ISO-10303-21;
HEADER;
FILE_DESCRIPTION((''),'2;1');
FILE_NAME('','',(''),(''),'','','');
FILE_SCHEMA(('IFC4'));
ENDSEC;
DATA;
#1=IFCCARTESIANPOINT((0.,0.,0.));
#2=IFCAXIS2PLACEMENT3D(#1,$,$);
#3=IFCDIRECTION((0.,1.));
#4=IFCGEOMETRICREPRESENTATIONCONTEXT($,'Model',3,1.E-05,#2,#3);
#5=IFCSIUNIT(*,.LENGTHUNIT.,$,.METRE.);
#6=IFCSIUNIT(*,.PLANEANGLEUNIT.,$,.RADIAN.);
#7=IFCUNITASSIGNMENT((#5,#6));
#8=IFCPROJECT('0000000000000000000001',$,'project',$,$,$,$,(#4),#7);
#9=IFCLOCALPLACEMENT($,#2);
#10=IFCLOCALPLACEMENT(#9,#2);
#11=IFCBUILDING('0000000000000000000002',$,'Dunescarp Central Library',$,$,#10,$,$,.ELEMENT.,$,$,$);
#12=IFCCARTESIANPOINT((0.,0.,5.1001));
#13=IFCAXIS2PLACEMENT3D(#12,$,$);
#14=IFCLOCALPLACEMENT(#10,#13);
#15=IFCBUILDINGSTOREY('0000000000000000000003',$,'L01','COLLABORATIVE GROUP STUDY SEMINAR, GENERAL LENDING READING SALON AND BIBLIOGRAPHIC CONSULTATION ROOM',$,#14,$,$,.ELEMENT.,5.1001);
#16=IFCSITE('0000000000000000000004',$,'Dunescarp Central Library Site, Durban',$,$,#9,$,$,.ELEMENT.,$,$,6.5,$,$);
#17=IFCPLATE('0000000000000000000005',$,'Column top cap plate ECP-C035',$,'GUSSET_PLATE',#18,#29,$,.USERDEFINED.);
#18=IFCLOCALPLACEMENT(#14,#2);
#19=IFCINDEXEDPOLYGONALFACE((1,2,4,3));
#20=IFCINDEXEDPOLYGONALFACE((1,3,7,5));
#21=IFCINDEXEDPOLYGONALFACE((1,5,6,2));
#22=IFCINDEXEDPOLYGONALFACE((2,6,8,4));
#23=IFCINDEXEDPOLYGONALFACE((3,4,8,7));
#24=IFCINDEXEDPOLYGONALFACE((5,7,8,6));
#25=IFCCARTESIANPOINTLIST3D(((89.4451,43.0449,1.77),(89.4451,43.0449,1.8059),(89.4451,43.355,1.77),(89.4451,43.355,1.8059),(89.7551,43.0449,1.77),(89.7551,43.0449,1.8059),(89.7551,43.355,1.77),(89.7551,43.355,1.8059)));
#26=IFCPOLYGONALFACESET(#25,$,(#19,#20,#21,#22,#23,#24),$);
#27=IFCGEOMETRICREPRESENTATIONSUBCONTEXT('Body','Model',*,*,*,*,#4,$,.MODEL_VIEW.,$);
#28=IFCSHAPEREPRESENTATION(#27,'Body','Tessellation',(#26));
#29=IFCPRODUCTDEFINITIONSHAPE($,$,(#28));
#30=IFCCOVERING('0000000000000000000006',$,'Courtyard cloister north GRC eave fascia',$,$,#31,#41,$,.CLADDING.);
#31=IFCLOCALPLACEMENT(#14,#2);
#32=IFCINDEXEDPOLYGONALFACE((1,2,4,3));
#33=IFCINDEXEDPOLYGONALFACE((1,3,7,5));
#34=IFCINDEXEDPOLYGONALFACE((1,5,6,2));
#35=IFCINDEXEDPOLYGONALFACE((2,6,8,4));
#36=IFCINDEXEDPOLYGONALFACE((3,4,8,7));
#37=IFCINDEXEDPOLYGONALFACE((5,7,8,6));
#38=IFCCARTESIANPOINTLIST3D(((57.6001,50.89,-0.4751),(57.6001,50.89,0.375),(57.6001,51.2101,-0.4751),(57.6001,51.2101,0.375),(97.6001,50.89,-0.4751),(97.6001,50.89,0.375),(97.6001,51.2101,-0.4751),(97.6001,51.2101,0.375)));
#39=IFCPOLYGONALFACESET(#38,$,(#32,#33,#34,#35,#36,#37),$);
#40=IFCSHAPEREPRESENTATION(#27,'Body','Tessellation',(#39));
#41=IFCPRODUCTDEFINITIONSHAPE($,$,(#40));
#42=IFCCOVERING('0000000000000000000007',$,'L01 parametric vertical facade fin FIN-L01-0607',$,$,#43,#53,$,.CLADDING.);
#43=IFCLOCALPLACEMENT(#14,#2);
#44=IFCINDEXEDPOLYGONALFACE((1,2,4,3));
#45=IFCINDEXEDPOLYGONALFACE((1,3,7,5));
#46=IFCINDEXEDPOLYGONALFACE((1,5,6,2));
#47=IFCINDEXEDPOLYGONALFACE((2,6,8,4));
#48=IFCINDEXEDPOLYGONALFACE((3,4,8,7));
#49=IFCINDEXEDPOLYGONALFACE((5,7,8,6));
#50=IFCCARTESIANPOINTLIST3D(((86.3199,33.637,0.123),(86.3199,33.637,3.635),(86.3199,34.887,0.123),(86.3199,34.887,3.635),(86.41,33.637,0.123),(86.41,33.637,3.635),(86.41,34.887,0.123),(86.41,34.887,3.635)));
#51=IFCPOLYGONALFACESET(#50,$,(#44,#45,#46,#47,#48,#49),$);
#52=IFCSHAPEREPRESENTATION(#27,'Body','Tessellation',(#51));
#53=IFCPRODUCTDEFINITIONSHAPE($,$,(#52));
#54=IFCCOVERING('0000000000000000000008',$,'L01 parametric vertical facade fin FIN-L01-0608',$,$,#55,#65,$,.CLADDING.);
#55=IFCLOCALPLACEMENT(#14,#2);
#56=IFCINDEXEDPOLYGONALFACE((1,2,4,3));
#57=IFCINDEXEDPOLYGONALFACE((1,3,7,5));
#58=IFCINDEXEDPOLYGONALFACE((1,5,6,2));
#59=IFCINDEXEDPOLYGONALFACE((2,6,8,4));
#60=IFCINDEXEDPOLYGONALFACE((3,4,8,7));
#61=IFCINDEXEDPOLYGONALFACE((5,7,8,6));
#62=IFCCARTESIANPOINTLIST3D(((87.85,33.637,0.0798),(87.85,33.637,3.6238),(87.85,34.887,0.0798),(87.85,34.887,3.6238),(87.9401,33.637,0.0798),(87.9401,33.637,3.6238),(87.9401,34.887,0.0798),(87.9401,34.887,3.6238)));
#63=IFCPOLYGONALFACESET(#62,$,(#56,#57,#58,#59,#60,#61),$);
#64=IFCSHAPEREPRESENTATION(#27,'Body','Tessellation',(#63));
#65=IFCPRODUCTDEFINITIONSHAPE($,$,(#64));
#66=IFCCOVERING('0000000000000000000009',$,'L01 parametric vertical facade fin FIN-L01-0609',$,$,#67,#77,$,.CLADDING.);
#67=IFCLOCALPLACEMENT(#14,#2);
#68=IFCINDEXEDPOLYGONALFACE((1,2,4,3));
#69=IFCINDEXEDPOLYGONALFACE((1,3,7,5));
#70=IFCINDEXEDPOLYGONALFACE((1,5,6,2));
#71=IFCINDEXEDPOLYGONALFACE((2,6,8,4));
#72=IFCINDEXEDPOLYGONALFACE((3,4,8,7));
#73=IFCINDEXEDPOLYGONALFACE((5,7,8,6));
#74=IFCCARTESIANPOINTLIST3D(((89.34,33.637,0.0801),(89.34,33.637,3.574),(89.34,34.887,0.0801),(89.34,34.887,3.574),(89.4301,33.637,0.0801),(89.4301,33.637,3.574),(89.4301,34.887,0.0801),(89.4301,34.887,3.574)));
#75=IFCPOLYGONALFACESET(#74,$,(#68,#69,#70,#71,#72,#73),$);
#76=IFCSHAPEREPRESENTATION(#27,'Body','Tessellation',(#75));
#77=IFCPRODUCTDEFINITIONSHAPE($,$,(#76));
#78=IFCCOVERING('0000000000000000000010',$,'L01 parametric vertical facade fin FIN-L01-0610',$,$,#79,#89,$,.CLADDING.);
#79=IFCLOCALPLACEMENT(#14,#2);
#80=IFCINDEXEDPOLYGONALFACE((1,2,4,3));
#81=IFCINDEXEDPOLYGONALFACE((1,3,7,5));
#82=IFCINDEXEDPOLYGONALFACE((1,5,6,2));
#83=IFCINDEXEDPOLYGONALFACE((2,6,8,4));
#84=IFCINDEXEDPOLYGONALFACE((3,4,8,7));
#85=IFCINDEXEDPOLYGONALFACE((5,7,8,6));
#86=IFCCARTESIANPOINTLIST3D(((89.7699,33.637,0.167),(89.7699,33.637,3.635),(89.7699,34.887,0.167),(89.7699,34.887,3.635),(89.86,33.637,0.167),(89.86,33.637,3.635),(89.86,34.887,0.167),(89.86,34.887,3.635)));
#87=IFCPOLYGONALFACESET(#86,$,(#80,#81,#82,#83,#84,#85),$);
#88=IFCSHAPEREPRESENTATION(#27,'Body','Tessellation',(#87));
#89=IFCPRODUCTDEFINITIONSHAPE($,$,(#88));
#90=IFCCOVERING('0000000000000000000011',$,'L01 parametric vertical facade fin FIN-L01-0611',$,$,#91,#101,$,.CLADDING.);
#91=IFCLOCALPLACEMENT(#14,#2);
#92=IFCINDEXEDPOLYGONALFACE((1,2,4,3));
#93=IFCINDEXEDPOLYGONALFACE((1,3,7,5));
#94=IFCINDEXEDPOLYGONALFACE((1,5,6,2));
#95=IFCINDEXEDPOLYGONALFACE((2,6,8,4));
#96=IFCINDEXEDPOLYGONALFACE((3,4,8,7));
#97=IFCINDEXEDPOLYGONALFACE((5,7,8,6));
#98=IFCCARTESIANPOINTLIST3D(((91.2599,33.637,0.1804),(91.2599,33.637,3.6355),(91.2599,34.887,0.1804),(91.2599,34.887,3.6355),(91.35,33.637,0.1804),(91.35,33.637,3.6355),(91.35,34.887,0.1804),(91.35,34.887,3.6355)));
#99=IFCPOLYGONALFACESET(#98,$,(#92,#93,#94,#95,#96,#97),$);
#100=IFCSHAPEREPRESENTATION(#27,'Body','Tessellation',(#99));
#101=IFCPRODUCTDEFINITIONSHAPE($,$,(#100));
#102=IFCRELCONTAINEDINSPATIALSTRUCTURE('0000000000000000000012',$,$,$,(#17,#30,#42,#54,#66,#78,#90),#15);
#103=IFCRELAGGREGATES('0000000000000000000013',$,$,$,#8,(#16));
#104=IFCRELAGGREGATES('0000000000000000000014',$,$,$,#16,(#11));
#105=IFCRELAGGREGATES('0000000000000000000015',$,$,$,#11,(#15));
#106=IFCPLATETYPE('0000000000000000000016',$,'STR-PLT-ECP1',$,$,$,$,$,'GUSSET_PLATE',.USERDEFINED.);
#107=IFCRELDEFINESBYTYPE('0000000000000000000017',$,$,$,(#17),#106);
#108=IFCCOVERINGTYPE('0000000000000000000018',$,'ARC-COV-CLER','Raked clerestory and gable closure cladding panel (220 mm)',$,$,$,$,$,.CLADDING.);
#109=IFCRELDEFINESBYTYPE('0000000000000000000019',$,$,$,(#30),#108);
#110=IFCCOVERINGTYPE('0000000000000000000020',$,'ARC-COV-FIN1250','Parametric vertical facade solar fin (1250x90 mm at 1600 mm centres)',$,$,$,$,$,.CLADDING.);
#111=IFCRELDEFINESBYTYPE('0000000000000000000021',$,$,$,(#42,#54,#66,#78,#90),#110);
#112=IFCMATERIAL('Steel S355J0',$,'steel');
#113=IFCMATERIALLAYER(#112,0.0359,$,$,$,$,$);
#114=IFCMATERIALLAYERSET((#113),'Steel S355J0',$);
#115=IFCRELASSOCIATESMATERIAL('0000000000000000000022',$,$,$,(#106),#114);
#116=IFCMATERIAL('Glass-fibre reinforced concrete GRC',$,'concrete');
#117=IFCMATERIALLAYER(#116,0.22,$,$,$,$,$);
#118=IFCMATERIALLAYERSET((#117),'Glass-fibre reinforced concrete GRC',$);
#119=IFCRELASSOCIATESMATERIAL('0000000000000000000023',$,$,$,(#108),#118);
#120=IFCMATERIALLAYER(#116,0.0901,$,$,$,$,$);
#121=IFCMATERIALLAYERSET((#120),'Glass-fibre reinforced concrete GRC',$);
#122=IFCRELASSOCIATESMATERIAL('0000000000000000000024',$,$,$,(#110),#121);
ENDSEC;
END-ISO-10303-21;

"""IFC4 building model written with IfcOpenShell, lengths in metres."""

from ifc_helpers import new_model, si_unit, direction, frame, origin, origin_2d, place, context, subcontext, project, spatial, rectangle, extrude, material, layer, layer_set, type_object, element, save


model = new_model("IFC4")

# Units and contexts
model_context = context("Model", 3, precision=1e-05, world=origin(), true_north=direction((0.0, 1.0)))
body_context = subcontext(model_context, "Body", "Model", "MODEL_VIEW")
ifc_project = project(units=[si_unit("LENGTHUNIT", "METRE"), si_unit("PLANEANGLEUNIT", "RADIAN")], contexts=[model_context])

# Site, building, storey
site_placement = place(None, origin())
site = spatial("IfcSite", under=ifc_project, at=site_placement, Name="Dunescarp Central Library Site, Durban", CompositionType="ELEMENT", RefElevation=6.5)
building_placement = place(site_placement, origin())
building = spatial("IfcBuilding", under=site, at=building_placement, Name="Dunescarp Central Library", CompositionType="ELEMENT")
storey_placement = place(building_placement, frame((0.0, 0.0, 5.1001)))
storey = spatial("IfcBuildingStorey", under=building, at=storey_placement, Name="L01", Description="COLLABORATIVE GROUP STUDY SEMINAR, GENERAL LENDING READING SALON AND BIBLIOGRAPHIC CONSULTATION ROOM", CompositionType="ELEMENT", Elevation=5.1001)

# Shared definitions
ifc_material_1 = material(Name="Steel S355J0", Category="steel")

# Plate
ifc_layer_1 = layer(ifc_material_1, 0.0359)
ifc_layer_set_1 = layer_set([ifc_layer_1], Name="Steel S355J0")
plate_type = type_object("IfcPlateType", Name="STR-PLT-ECP1", ElementType="GUSSET_PLATE", PredefinedType="USERDEFINED", material=ifc_layer_set_1)
for number, where, z_axis, x_axis, name in (
    (1, (89.6001, 43.2, 1.77), (0.0, 0.0, 1.0), (1.0, 0.0, 0.0), "Column top cap plate ECP-C035"),
):
    element("IfcPlate", number, at=place(storey_placement, frame(where, z_axis=z_axis, x_axis=x_axis)), inside=storey, type_object=plate_type, Name=name, ObjectType="GUSSET_PLATE", PredefinedType="USERDEFINED", context=body_context, shape_type="SweptSolid", body=[
        extrude(rectangle(XDim=0.3101, YDim=0.3101, at=origin_2d()), origin(), (0.0, 0.0, 1.0), 0.0359),
    ])

# Coverings
ifc_material_2 = material(Name="Glass-fibre reinforced concrete GRC", Category="concrete")
ifc_layer_2 = layer(ifc_material_2, 0.22)
ifc_layer_set_2 = layer_set([ifc_layer_2], Name="Glass-fibre reinforced concrete GRC")
covering_type_1 = type_object("IfcCoveringType", Name="ARC-COV-CLER", Description="Raked clerestory and gable closure cladding panel (220 mm)", PredefinedType="CLADDING", material=ifc_layer_set_2)
covering_1_placement = place(storey_placement, frame((77.6001, 51.05, -0.4751), z_axis=(0.0, 0.0, 1.0), x_axis=(1.0, 0.0, 0.0)))
element("IfcCovering", 2, at=covering_1_placement, inside=storey, type_object=covering_type_1, Name="Courtyard cloister north GRC eave fascia", PredefinedType="CLADDING", context=body_context, shape_type="SweptSolid", body=[
    extrude(rectangle(XDim=40.0, YDim=0.3201, at=origin_2d()), origin(), (0.0, 0.0, 1.0), 0.8501),
])
ifc_layer_3 = layer(ifc_material_2, 0.0901)
ifc_layer_set_3 = layer_set([ifc_layer_3], Name="Glass-fibre reinforced concrete GRC")
covering_type_2 = type_object("IfcCoveringType", Name="ARC-COV-FIN1250", Description="Parametric vertical facade solar fin (1250x90 mm at 1600 mm centres)", PredefinedType="CLADDING", material=ifc_layer_set_3)
covering_2_placement = place(storey_placement, frame((86.365, 34.262, 0.123), z_axis=(0.0, 0.0, 1.0), x_axis=(0.0, 1.0, 0.0)))
element("IfcCovering", 3, at=covering_2_placement, inside=storey, type_object=covering_type_2, Name="L01 parametric vertical facade fin FIN-L01-0607", PredefinedType="CLADDING", context=body_context, shape_type="SweptSolid", body=[
    extrude(rectangle(XDim=1.25, YDim=0.0901, at=origin_2d()), origin(), (0.0, 0.0, 1.0), 3.512),
])
covering_3_placement = place(storey_placement, frame((87.895, 34.262, 0.0798), z_axis=(0.0, 0.0, 1.0), x_axis=(0.0, 1.0, 0.0)))
element("IfcCovering", 4, at=covering_3_placement, inside=storey, type_object=covering_type_2, Name="L01 parametric vertical facade fin FIN-L01-0608", PredefinedType="CLADDING", context=body_context, shape_type="SweptSolid", body=[
    extrude(rectangle(XDim=1.25, YDim=0.0901, at=origin_2d()), origin(), (0.0, 0.0, 1.0), 3.5439),
])
covering_4_placement = place(storey_placement, frame((89.385, 34.262, 0.0801), z_axis=(0.0, 0.0, 1.0), x_axis=(0.0, 1.0, 0.0)))
element("IfcCovering", 5, at=covering_4_placement, inside=storey, type_object=covering_type_2, Name="L01 parametric vertical facade fin FIN-L01-0609", PredefinedType="CLADDING", context=body_context, shape_type="SweptSolid", body=[
    extrude(rectangle(XDim=1.25, YDim=0.0901, at=origin_2d()), origin(), (0.0, 0.0, 1.0), 3.4939),
])
covering_5_placement = place(storey_placement, frame((89.8149, 34.262, 0.167), z_axis=(0.0, 0.0, 1.0), x_axis=(0.0, 1.0, 0.0)))
element("IfcCovering", 6, at=covering_5_placement, inside=storey, type_object=covering_type_2, Name="L01 parametric vertical facade fin FIN-L01-0610", PredefinedType="CLADDING", context=body_context, shape_type="SweptSolid", body=[
    extrude(rectangle(XDim=1.25, YDim=0.0901, at=origin_2d()), origin(), (0.0, 0.0, 1.0), 3.468),
])
covering_6_placement = place(storey_placement, frame((91.3049, 34.262, 0.1804), z_axis=(0.0, 0.0, 1.0), x_axis=(0.0, 1.0, 0.0)))
element("IfcCovering", 7, at=covering_6_placement, inside=storey, type_object=covering_type_2, Name="L01 parametric vertical facade fin FIN-L01-0611", PredefinedType="CLADDING", context=body_context, shape_type="SweptSolid", body=[
    extrude(rectangle(XDim=1.25, YDim=0.0901, at=origin_2d()), origin(), (0.0, 0.0, 1.0), 3.4551),
])

save(model, "model.ifc")
